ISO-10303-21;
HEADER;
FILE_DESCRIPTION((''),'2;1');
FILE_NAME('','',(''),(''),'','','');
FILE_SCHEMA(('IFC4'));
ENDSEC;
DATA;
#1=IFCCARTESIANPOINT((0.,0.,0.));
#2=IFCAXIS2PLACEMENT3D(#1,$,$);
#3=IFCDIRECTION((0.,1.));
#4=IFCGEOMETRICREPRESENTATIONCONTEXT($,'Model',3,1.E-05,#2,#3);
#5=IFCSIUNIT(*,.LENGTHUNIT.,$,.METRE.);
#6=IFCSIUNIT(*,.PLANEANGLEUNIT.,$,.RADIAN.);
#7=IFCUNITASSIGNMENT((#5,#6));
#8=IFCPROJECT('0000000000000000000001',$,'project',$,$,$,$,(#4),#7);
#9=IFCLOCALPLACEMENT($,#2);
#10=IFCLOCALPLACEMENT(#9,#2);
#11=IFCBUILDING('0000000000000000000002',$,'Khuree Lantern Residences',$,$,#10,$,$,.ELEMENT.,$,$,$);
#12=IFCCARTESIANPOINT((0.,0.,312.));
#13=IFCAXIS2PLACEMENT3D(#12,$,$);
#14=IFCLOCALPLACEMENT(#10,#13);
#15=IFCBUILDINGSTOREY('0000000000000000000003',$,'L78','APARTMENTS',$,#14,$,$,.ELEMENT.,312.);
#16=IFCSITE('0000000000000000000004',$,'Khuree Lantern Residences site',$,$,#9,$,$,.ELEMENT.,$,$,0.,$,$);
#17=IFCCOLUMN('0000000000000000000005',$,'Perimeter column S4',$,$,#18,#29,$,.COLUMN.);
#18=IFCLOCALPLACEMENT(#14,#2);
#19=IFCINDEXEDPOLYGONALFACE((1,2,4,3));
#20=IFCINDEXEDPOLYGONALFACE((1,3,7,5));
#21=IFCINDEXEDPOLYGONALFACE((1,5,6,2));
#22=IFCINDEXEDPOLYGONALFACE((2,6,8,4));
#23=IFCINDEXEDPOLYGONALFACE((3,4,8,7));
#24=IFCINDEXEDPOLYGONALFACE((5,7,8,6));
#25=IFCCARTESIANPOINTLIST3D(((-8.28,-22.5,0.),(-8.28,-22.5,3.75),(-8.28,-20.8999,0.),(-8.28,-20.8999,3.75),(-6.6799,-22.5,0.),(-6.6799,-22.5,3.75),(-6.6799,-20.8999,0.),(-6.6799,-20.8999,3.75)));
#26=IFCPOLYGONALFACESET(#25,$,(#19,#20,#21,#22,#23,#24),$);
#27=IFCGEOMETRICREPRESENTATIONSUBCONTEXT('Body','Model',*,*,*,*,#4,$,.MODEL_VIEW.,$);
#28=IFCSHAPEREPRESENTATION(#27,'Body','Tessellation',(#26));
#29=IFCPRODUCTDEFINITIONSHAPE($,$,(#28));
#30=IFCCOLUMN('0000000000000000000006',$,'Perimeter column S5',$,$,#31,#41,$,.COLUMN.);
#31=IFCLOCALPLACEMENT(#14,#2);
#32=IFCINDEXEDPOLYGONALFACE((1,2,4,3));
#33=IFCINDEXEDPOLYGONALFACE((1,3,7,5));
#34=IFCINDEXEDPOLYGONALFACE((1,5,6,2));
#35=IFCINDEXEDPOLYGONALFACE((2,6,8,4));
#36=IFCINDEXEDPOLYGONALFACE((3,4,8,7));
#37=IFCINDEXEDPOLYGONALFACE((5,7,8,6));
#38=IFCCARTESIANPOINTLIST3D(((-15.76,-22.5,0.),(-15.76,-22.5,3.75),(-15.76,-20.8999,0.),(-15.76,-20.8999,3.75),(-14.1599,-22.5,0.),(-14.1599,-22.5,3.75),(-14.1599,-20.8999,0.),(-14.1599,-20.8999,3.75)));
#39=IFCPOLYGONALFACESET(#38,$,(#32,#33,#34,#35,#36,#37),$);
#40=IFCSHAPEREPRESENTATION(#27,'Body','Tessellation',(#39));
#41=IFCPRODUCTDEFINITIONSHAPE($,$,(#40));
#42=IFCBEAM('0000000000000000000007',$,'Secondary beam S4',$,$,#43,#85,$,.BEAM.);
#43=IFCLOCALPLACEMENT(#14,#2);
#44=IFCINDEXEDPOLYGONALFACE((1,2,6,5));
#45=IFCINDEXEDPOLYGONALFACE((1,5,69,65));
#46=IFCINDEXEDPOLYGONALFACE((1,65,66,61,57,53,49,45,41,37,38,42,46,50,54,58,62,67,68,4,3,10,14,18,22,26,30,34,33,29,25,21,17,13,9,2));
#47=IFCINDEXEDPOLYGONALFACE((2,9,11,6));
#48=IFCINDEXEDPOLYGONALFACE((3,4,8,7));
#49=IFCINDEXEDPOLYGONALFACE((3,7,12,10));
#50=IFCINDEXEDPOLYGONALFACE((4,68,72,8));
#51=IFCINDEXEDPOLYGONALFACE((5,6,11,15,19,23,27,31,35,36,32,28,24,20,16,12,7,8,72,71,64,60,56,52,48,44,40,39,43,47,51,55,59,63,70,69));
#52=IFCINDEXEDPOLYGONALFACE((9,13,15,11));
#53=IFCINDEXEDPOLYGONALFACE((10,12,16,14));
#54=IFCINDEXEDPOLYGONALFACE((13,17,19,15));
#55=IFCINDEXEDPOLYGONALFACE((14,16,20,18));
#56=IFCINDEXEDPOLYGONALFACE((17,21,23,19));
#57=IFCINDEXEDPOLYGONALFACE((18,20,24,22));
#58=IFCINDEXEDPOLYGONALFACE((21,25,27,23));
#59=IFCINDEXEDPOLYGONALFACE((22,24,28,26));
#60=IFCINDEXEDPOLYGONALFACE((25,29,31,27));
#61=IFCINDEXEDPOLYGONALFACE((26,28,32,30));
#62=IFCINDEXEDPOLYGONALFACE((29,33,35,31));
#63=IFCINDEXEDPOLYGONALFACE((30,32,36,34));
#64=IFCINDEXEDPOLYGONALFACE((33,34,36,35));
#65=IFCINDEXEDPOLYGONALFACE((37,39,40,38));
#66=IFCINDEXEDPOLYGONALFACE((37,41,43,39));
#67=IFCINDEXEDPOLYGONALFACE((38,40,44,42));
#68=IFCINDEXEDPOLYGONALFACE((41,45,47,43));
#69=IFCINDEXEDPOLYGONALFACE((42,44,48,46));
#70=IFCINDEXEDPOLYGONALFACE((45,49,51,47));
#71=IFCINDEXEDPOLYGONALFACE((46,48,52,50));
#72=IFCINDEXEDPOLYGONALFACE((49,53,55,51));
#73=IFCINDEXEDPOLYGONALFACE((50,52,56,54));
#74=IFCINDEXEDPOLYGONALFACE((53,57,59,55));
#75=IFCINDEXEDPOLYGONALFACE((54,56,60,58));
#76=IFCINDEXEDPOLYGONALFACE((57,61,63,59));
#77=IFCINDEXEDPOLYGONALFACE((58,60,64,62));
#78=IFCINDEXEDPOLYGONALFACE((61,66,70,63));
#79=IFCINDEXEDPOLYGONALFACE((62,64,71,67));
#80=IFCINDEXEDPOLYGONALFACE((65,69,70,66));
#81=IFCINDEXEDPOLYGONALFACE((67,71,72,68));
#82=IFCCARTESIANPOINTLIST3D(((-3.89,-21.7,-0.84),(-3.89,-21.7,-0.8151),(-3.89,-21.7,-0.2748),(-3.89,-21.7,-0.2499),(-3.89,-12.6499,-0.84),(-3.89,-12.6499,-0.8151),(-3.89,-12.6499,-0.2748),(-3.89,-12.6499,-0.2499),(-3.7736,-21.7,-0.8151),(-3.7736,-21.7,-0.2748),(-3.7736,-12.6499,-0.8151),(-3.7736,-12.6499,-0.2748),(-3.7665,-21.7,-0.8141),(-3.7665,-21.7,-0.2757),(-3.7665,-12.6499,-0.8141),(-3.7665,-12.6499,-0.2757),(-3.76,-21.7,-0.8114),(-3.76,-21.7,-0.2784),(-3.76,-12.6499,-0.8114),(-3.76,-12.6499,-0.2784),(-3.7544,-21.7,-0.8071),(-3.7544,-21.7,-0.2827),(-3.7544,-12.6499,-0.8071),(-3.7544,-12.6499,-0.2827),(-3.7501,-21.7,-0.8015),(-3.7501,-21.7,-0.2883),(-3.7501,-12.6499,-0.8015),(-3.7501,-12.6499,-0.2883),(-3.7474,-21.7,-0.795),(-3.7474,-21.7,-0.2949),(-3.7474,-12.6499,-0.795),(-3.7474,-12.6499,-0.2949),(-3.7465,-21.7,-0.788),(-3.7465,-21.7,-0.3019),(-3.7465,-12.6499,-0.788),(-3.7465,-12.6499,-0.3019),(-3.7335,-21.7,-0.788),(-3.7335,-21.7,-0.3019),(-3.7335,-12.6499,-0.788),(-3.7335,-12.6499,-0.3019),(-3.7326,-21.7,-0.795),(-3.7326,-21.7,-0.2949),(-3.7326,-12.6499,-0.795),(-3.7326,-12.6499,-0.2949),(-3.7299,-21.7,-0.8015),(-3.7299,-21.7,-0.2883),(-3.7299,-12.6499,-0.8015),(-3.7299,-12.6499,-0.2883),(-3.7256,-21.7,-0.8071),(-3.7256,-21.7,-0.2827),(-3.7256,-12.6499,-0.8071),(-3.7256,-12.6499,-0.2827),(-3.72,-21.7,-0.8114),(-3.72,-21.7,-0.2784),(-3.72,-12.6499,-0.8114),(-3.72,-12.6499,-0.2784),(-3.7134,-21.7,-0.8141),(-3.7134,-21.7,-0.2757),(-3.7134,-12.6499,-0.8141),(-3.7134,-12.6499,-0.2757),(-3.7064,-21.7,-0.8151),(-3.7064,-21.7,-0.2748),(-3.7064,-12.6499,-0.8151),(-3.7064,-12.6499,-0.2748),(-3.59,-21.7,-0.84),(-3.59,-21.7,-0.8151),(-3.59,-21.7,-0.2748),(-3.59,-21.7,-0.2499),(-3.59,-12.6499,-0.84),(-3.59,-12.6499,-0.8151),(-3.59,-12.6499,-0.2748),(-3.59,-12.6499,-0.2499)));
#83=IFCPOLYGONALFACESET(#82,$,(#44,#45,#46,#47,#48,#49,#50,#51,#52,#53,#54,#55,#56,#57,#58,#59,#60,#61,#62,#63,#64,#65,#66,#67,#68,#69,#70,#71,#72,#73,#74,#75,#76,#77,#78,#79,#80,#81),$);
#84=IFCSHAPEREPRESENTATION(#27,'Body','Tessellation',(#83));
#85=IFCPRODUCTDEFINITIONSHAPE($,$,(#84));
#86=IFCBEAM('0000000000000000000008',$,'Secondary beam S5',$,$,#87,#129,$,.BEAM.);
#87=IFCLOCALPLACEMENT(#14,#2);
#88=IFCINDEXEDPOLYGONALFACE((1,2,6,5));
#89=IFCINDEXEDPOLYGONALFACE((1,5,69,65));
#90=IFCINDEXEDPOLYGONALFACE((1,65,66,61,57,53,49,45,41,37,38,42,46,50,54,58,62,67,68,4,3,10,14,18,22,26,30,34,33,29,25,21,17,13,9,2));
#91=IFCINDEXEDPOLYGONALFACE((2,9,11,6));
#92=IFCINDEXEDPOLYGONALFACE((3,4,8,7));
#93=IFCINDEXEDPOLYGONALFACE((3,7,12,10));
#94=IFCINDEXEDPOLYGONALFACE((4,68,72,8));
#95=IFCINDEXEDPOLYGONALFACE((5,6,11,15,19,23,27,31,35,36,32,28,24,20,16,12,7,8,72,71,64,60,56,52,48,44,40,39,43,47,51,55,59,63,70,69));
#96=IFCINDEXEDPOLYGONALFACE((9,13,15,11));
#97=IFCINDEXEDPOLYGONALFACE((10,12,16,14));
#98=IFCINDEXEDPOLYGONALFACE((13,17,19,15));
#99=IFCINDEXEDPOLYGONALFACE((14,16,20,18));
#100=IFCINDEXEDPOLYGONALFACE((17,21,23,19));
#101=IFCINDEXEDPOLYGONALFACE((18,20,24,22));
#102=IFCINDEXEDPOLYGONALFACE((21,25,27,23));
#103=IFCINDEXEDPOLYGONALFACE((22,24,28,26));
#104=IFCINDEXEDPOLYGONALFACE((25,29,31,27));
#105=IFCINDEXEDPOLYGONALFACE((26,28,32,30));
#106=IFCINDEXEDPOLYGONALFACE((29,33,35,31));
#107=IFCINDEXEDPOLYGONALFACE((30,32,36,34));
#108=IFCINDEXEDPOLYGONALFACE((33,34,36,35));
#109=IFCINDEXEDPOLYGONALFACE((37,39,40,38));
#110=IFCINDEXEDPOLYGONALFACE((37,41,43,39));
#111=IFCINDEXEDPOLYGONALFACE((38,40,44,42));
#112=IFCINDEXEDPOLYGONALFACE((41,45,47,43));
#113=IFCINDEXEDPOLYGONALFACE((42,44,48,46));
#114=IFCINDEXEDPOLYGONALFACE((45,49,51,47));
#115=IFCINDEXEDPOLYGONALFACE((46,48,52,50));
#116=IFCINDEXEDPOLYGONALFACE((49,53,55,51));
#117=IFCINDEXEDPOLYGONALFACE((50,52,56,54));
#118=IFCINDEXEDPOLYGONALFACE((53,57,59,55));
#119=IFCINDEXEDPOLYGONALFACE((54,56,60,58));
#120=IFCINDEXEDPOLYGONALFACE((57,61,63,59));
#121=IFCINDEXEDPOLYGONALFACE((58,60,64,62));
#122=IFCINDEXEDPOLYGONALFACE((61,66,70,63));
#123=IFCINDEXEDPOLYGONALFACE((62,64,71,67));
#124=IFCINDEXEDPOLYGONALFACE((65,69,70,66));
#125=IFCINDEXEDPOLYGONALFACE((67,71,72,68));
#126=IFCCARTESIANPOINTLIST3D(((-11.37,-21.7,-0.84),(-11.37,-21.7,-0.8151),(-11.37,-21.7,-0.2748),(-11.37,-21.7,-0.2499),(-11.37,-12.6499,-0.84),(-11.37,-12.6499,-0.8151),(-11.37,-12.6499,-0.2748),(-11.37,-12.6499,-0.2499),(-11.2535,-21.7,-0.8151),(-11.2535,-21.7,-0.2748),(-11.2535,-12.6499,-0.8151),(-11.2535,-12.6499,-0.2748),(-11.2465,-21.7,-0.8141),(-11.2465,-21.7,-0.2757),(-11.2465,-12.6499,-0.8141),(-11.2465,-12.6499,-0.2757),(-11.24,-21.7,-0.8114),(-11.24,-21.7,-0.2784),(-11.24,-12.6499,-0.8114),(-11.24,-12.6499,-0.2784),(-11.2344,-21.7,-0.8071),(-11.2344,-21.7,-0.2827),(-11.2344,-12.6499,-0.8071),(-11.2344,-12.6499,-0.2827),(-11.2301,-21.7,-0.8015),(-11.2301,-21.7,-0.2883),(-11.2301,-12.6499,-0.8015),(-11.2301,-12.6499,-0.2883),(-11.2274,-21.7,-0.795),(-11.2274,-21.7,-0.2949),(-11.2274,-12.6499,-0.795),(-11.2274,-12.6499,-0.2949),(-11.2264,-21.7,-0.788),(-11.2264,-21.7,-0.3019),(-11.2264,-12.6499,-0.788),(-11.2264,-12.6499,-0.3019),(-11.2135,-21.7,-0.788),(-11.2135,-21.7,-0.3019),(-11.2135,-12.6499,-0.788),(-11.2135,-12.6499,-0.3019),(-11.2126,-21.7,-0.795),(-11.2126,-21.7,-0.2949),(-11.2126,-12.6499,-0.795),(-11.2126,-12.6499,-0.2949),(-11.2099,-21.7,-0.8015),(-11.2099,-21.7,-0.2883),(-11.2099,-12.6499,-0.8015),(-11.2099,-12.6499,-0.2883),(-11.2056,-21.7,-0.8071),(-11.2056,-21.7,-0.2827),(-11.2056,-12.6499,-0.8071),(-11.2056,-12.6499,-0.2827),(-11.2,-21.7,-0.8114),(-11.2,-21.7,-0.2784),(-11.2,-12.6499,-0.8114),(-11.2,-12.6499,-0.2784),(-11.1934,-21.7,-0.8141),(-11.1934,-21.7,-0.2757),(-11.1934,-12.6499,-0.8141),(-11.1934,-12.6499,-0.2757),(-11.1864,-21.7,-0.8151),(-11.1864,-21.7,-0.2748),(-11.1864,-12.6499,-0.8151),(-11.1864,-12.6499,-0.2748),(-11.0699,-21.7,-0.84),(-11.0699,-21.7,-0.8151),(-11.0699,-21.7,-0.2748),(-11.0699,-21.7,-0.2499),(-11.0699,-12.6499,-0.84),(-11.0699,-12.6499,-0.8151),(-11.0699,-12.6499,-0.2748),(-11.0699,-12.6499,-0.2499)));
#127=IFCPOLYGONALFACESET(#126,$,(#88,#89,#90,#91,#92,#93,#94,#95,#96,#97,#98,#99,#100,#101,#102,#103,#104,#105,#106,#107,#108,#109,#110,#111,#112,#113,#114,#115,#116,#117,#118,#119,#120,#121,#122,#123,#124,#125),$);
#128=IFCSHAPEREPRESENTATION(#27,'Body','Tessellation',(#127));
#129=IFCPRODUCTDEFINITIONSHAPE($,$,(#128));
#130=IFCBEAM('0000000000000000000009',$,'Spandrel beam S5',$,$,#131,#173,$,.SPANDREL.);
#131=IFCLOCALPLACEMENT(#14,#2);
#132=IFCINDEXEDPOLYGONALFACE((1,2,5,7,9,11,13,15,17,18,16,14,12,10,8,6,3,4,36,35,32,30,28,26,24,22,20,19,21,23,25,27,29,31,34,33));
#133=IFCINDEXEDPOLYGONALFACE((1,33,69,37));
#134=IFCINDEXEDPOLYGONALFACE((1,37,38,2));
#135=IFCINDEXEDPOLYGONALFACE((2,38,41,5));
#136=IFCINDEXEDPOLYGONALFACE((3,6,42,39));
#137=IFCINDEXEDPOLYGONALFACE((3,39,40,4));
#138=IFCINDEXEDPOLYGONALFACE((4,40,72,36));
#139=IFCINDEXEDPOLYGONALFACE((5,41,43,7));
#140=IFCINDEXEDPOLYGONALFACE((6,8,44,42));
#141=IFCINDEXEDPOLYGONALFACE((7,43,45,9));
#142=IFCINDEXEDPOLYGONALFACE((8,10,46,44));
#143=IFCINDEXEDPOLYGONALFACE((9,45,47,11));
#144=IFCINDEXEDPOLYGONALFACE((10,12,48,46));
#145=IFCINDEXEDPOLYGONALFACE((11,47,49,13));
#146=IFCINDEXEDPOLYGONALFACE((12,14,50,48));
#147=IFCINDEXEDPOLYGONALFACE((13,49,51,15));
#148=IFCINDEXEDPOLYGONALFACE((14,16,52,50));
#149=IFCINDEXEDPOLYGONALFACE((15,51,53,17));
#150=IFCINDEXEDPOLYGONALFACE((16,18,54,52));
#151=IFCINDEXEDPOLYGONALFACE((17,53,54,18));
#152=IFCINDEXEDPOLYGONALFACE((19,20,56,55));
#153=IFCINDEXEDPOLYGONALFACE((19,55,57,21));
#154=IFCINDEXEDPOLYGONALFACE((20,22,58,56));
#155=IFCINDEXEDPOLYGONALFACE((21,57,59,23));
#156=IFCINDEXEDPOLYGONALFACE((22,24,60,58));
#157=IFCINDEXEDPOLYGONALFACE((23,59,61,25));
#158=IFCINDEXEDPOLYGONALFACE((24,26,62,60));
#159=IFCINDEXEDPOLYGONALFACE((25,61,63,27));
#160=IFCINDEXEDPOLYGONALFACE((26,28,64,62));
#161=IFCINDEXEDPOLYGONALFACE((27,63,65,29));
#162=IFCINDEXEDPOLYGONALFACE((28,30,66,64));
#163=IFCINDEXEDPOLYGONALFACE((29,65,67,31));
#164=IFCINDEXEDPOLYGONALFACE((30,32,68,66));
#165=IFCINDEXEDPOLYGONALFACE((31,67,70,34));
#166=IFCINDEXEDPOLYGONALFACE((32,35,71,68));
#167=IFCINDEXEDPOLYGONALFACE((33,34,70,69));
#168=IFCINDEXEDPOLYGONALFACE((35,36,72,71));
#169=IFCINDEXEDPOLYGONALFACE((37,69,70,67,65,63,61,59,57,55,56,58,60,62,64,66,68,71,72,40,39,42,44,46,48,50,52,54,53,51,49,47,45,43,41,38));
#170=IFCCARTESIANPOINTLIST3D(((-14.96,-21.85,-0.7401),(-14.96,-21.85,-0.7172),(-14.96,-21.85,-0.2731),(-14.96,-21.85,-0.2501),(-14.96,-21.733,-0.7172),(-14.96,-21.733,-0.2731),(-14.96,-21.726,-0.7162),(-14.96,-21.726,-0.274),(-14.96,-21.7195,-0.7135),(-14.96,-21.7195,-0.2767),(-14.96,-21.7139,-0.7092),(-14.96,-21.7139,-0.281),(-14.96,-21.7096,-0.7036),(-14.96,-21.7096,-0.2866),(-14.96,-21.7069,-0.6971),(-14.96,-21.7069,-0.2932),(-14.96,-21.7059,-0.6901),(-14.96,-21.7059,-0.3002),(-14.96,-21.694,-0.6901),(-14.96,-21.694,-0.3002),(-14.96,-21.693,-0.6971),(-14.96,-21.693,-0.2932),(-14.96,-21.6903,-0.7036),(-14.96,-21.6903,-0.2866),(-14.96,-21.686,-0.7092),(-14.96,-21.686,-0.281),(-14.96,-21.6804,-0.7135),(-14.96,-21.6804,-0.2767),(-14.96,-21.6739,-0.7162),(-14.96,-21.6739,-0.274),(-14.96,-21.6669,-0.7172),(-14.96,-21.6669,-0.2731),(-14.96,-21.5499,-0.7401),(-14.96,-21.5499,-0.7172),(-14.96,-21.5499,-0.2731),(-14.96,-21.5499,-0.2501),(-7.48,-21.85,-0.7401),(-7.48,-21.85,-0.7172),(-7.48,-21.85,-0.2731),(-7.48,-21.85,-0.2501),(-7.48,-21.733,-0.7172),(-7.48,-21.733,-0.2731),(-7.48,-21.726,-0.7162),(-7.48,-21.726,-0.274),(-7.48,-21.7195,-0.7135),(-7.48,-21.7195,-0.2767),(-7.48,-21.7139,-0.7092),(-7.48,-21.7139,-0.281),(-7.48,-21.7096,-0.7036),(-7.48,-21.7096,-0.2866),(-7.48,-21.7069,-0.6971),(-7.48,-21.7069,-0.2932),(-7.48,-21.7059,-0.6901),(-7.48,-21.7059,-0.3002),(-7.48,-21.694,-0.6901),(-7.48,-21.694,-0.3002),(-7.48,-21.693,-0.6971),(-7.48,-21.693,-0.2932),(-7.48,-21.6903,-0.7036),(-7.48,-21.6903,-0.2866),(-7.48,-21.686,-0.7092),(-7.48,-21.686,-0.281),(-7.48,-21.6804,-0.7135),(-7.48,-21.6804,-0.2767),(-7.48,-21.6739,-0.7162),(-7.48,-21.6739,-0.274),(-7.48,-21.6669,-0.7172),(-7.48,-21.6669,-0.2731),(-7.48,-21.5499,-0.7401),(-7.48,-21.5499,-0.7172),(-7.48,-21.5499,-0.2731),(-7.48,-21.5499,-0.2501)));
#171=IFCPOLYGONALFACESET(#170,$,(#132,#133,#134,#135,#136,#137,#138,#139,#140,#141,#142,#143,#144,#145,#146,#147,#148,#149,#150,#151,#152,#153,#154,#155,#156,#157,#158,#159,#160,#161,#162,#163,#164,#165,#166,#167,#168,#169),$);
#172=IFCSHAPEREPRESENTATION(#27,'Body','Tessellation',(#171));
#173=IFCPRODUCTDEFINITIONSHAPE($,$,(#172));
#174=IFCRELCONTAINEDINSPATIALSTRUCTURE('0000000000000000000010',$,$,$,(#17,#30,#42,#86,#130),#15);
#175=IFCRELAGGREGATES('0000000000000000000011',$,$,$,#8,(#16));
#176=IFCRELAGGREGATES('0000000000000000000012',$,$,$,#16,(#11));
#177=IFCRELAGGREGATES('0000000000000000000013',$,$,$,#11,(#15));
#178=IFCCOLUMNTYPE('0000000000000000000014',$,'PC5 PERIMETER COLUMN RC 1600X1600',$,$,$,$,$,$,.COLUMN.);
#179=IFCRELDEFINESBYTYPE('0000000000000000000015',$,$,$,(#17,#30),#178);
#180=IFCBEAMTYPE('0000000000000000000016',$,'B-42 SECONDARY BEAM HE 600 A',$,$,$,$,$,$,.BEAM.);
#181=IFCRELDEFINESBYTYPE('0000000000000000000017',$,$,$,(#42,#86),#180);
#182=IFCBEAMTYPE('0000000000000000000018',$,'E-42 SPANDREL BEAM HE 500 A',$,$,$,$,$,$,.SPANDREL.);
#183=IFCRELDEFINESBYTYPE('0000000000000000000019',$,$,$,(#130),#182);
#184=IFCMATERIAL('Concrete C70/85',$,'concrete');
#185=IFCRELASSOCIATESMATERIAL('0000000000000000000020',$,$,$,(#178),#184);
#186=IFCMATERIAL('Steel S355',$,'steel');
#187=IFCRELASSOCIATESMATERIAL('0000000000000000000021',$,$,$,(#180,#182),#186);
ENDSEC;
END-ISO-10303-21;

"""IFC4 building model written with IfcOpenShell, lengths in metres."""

from ifc_helpers import new_model, si_unit, direction, frame, origin, origin_2d, place, context, subcontext, project, spatial, rectangle, i_section, extrude, material, material_profile, profile_set, type_object, element, save


model = new_model("IFC4")

# Units and contexts
model_context = context("Model", 3, precision=1e-05, world=origin(), true_north=direction((0.0, 1.0)))
body_context = subcontext(model_context, "Body", "Model", "MODEL_VIEW")
ifc_project = project(units=[si_unit("LENGTHUNIT", "METRE"), si_unit("PLANEANGLEUNIT", "RADIAN")], contexts=[model_context])

# Site, building, storey
site_placement = place(None, origin())
site = spatial("IfcSite", under=ifc_project, at=site_placement, Name="Khuree Lantern Residences site", CompositionType="ELEMENT", RefElevation=0.0)
building_placement = place(site_placement, origin())
building = spatial("IfcBuilding", under=site, at=building_placement, Name="Khuree Lantern Residences", CompositionType="ELEMENT")
storey_placement = place(building_placement, frame((0.0, 0.0, 312.0)))
storey = spatial("IfcBuildingStorey", under=building, at=storey_placement, Name="L78", Description="APARTMENTS", CompositionType="ELEMENT", Elevation=312.0)

# Columns
ifc_material_1 = material(Name="Concrete C70/85", Category="concrete")
ifc_material_profile_1 = material_profile(ifc_material_1, rectangle(XDim=1.6001, YDim=1.6001, at=origin_2d()), Name="RC 1600X1600")
ifc_profile_set_1 = profile_set([ifc_material_profile_1], Name="Concrete C70/85")
column_type = type_object("IfcColumnType", Name="PC5 PERIMETER COLUMN RC 1600X1600", PredefinedType="COLUMN", material=ifc_profile_set_1)
for number, where, z_axis, x_axis, name in (
    (1, (-7.48, -21.7, 0.0), (0.0, 0.0, 1.0), (1.0, 0.0, 0.0), "Perimeter column S4"),
    (2, (-14.96, -21.7, 0.0), (0.0, 0.0, 1.0), (1.0, 0.0, 0.0), "Perimeter column S5"),
):
    element("IfcColumn", number, at=place(storey_placement, frame(where, z_axis=z_axis, x_axis=x_axis)), inside=storey, type_object=column_type, Name=name, PredefinedType="COLUMN", context=body_context, shape_type="SweptSolid", body=[
        extrude(rectangle(XDim=1.6001, YDim=1.6001, at=origin_2d()), origin(), (0.0, 0.0, 1.0), 3.75),
    ])

# Beams
ifc_material_2 = material(Name="Steel S355", Category="steel")
ifc_material_profile_2 = material_profile(ifc_material_2, i_section(OverallWidth=0.3, OverallDepth=0.5901, WebThickness=0.0129, FlangeThickness=0.0249, FilletRadius=0.0271, at=origin_2d()), Name="HE 600 A")
ifc_profile_set_2 = profile_set([ifc_material_profile_2], Name="Steel S355")
beam_type_1 = type_object("IfcBeamType", Name="B-42 SECONDARY BEAM HE 600 A", PredefinedType="BEAM", material=ifc_profile_set_2)
for number, where, z_axis, x_axis, name in (
    (3, (-3.74, -21.7, -0.5449), (0.0, 1.0, 0.0), (-1.0, 0.0, 0.0), "Secondary beam S4"),
    (4, (-11.22, -21.7, -0.5449), (0.0, 1.0, 0.0), (-1.0, 0.0, 0.0), "Secondary beam S5"),
):
    element("IfcBeam", number, at=place(storey_placement, frame(where, z_axis=z_axis, x_axis=x_axis)), inside=storey, type_object=beam_type_1, Name=name, PredefinedType="BEAM", context=body_context, shape_type="SweptSolid", body=[
        extrude(i_section(OverallWidth=0.3, OverallDepth=0.5901, WebThickness=0.0129, FlangeThickness=0.0249, FilletRadius=0.0271, at=origin_2d()), origin(), (0.0, 0.0, 1.0), 9.05),
    ])
ifc_material_profile_3 = material_profile(ifc_material_2, i_section(OverallWidth=0.3, OverallDepth=0.49, WebThickness=0.012, FlangeThickness=0.0229, FilletRadius=0.0271, at=origin_2d()), Name="HE 500 A")
ifc_profile_set_3 = profile_set([ifc_material_profile_3], Name="Steel S355")
beam_type_2 = type_object("IfcBeamType", Name="E-42 SPANDREL BEAM HE 500 A", PredefinedType="SPANDREL", material=ifc_profile_set_3)
beam_1_placement = place(storey_placement, frame((-7.48, -21.7, -0.4951), z_axis=(-1.0, 0.0, 0.0), x_axis=(0.0, -1.0, 0.0)))
element("IfcBeam", 5, at=beam_1_placement, inside=storey, type_object=beam_type_2, Name="Spandrel beam S5", PredefinedType="SPANDREL", context=body_context, shape_type="SweptSolid", body=[
    extrude(i_section(OverallWidth=0.3, OverallDepth=0.49, WebThickness=0.012, FlangeThickness=0.0229, FilletRadius=0.0271, at=origin_2d()), origin(), (0.0, 0.0, 1.0), 7.48),
])

save(model, "model.ifc")
